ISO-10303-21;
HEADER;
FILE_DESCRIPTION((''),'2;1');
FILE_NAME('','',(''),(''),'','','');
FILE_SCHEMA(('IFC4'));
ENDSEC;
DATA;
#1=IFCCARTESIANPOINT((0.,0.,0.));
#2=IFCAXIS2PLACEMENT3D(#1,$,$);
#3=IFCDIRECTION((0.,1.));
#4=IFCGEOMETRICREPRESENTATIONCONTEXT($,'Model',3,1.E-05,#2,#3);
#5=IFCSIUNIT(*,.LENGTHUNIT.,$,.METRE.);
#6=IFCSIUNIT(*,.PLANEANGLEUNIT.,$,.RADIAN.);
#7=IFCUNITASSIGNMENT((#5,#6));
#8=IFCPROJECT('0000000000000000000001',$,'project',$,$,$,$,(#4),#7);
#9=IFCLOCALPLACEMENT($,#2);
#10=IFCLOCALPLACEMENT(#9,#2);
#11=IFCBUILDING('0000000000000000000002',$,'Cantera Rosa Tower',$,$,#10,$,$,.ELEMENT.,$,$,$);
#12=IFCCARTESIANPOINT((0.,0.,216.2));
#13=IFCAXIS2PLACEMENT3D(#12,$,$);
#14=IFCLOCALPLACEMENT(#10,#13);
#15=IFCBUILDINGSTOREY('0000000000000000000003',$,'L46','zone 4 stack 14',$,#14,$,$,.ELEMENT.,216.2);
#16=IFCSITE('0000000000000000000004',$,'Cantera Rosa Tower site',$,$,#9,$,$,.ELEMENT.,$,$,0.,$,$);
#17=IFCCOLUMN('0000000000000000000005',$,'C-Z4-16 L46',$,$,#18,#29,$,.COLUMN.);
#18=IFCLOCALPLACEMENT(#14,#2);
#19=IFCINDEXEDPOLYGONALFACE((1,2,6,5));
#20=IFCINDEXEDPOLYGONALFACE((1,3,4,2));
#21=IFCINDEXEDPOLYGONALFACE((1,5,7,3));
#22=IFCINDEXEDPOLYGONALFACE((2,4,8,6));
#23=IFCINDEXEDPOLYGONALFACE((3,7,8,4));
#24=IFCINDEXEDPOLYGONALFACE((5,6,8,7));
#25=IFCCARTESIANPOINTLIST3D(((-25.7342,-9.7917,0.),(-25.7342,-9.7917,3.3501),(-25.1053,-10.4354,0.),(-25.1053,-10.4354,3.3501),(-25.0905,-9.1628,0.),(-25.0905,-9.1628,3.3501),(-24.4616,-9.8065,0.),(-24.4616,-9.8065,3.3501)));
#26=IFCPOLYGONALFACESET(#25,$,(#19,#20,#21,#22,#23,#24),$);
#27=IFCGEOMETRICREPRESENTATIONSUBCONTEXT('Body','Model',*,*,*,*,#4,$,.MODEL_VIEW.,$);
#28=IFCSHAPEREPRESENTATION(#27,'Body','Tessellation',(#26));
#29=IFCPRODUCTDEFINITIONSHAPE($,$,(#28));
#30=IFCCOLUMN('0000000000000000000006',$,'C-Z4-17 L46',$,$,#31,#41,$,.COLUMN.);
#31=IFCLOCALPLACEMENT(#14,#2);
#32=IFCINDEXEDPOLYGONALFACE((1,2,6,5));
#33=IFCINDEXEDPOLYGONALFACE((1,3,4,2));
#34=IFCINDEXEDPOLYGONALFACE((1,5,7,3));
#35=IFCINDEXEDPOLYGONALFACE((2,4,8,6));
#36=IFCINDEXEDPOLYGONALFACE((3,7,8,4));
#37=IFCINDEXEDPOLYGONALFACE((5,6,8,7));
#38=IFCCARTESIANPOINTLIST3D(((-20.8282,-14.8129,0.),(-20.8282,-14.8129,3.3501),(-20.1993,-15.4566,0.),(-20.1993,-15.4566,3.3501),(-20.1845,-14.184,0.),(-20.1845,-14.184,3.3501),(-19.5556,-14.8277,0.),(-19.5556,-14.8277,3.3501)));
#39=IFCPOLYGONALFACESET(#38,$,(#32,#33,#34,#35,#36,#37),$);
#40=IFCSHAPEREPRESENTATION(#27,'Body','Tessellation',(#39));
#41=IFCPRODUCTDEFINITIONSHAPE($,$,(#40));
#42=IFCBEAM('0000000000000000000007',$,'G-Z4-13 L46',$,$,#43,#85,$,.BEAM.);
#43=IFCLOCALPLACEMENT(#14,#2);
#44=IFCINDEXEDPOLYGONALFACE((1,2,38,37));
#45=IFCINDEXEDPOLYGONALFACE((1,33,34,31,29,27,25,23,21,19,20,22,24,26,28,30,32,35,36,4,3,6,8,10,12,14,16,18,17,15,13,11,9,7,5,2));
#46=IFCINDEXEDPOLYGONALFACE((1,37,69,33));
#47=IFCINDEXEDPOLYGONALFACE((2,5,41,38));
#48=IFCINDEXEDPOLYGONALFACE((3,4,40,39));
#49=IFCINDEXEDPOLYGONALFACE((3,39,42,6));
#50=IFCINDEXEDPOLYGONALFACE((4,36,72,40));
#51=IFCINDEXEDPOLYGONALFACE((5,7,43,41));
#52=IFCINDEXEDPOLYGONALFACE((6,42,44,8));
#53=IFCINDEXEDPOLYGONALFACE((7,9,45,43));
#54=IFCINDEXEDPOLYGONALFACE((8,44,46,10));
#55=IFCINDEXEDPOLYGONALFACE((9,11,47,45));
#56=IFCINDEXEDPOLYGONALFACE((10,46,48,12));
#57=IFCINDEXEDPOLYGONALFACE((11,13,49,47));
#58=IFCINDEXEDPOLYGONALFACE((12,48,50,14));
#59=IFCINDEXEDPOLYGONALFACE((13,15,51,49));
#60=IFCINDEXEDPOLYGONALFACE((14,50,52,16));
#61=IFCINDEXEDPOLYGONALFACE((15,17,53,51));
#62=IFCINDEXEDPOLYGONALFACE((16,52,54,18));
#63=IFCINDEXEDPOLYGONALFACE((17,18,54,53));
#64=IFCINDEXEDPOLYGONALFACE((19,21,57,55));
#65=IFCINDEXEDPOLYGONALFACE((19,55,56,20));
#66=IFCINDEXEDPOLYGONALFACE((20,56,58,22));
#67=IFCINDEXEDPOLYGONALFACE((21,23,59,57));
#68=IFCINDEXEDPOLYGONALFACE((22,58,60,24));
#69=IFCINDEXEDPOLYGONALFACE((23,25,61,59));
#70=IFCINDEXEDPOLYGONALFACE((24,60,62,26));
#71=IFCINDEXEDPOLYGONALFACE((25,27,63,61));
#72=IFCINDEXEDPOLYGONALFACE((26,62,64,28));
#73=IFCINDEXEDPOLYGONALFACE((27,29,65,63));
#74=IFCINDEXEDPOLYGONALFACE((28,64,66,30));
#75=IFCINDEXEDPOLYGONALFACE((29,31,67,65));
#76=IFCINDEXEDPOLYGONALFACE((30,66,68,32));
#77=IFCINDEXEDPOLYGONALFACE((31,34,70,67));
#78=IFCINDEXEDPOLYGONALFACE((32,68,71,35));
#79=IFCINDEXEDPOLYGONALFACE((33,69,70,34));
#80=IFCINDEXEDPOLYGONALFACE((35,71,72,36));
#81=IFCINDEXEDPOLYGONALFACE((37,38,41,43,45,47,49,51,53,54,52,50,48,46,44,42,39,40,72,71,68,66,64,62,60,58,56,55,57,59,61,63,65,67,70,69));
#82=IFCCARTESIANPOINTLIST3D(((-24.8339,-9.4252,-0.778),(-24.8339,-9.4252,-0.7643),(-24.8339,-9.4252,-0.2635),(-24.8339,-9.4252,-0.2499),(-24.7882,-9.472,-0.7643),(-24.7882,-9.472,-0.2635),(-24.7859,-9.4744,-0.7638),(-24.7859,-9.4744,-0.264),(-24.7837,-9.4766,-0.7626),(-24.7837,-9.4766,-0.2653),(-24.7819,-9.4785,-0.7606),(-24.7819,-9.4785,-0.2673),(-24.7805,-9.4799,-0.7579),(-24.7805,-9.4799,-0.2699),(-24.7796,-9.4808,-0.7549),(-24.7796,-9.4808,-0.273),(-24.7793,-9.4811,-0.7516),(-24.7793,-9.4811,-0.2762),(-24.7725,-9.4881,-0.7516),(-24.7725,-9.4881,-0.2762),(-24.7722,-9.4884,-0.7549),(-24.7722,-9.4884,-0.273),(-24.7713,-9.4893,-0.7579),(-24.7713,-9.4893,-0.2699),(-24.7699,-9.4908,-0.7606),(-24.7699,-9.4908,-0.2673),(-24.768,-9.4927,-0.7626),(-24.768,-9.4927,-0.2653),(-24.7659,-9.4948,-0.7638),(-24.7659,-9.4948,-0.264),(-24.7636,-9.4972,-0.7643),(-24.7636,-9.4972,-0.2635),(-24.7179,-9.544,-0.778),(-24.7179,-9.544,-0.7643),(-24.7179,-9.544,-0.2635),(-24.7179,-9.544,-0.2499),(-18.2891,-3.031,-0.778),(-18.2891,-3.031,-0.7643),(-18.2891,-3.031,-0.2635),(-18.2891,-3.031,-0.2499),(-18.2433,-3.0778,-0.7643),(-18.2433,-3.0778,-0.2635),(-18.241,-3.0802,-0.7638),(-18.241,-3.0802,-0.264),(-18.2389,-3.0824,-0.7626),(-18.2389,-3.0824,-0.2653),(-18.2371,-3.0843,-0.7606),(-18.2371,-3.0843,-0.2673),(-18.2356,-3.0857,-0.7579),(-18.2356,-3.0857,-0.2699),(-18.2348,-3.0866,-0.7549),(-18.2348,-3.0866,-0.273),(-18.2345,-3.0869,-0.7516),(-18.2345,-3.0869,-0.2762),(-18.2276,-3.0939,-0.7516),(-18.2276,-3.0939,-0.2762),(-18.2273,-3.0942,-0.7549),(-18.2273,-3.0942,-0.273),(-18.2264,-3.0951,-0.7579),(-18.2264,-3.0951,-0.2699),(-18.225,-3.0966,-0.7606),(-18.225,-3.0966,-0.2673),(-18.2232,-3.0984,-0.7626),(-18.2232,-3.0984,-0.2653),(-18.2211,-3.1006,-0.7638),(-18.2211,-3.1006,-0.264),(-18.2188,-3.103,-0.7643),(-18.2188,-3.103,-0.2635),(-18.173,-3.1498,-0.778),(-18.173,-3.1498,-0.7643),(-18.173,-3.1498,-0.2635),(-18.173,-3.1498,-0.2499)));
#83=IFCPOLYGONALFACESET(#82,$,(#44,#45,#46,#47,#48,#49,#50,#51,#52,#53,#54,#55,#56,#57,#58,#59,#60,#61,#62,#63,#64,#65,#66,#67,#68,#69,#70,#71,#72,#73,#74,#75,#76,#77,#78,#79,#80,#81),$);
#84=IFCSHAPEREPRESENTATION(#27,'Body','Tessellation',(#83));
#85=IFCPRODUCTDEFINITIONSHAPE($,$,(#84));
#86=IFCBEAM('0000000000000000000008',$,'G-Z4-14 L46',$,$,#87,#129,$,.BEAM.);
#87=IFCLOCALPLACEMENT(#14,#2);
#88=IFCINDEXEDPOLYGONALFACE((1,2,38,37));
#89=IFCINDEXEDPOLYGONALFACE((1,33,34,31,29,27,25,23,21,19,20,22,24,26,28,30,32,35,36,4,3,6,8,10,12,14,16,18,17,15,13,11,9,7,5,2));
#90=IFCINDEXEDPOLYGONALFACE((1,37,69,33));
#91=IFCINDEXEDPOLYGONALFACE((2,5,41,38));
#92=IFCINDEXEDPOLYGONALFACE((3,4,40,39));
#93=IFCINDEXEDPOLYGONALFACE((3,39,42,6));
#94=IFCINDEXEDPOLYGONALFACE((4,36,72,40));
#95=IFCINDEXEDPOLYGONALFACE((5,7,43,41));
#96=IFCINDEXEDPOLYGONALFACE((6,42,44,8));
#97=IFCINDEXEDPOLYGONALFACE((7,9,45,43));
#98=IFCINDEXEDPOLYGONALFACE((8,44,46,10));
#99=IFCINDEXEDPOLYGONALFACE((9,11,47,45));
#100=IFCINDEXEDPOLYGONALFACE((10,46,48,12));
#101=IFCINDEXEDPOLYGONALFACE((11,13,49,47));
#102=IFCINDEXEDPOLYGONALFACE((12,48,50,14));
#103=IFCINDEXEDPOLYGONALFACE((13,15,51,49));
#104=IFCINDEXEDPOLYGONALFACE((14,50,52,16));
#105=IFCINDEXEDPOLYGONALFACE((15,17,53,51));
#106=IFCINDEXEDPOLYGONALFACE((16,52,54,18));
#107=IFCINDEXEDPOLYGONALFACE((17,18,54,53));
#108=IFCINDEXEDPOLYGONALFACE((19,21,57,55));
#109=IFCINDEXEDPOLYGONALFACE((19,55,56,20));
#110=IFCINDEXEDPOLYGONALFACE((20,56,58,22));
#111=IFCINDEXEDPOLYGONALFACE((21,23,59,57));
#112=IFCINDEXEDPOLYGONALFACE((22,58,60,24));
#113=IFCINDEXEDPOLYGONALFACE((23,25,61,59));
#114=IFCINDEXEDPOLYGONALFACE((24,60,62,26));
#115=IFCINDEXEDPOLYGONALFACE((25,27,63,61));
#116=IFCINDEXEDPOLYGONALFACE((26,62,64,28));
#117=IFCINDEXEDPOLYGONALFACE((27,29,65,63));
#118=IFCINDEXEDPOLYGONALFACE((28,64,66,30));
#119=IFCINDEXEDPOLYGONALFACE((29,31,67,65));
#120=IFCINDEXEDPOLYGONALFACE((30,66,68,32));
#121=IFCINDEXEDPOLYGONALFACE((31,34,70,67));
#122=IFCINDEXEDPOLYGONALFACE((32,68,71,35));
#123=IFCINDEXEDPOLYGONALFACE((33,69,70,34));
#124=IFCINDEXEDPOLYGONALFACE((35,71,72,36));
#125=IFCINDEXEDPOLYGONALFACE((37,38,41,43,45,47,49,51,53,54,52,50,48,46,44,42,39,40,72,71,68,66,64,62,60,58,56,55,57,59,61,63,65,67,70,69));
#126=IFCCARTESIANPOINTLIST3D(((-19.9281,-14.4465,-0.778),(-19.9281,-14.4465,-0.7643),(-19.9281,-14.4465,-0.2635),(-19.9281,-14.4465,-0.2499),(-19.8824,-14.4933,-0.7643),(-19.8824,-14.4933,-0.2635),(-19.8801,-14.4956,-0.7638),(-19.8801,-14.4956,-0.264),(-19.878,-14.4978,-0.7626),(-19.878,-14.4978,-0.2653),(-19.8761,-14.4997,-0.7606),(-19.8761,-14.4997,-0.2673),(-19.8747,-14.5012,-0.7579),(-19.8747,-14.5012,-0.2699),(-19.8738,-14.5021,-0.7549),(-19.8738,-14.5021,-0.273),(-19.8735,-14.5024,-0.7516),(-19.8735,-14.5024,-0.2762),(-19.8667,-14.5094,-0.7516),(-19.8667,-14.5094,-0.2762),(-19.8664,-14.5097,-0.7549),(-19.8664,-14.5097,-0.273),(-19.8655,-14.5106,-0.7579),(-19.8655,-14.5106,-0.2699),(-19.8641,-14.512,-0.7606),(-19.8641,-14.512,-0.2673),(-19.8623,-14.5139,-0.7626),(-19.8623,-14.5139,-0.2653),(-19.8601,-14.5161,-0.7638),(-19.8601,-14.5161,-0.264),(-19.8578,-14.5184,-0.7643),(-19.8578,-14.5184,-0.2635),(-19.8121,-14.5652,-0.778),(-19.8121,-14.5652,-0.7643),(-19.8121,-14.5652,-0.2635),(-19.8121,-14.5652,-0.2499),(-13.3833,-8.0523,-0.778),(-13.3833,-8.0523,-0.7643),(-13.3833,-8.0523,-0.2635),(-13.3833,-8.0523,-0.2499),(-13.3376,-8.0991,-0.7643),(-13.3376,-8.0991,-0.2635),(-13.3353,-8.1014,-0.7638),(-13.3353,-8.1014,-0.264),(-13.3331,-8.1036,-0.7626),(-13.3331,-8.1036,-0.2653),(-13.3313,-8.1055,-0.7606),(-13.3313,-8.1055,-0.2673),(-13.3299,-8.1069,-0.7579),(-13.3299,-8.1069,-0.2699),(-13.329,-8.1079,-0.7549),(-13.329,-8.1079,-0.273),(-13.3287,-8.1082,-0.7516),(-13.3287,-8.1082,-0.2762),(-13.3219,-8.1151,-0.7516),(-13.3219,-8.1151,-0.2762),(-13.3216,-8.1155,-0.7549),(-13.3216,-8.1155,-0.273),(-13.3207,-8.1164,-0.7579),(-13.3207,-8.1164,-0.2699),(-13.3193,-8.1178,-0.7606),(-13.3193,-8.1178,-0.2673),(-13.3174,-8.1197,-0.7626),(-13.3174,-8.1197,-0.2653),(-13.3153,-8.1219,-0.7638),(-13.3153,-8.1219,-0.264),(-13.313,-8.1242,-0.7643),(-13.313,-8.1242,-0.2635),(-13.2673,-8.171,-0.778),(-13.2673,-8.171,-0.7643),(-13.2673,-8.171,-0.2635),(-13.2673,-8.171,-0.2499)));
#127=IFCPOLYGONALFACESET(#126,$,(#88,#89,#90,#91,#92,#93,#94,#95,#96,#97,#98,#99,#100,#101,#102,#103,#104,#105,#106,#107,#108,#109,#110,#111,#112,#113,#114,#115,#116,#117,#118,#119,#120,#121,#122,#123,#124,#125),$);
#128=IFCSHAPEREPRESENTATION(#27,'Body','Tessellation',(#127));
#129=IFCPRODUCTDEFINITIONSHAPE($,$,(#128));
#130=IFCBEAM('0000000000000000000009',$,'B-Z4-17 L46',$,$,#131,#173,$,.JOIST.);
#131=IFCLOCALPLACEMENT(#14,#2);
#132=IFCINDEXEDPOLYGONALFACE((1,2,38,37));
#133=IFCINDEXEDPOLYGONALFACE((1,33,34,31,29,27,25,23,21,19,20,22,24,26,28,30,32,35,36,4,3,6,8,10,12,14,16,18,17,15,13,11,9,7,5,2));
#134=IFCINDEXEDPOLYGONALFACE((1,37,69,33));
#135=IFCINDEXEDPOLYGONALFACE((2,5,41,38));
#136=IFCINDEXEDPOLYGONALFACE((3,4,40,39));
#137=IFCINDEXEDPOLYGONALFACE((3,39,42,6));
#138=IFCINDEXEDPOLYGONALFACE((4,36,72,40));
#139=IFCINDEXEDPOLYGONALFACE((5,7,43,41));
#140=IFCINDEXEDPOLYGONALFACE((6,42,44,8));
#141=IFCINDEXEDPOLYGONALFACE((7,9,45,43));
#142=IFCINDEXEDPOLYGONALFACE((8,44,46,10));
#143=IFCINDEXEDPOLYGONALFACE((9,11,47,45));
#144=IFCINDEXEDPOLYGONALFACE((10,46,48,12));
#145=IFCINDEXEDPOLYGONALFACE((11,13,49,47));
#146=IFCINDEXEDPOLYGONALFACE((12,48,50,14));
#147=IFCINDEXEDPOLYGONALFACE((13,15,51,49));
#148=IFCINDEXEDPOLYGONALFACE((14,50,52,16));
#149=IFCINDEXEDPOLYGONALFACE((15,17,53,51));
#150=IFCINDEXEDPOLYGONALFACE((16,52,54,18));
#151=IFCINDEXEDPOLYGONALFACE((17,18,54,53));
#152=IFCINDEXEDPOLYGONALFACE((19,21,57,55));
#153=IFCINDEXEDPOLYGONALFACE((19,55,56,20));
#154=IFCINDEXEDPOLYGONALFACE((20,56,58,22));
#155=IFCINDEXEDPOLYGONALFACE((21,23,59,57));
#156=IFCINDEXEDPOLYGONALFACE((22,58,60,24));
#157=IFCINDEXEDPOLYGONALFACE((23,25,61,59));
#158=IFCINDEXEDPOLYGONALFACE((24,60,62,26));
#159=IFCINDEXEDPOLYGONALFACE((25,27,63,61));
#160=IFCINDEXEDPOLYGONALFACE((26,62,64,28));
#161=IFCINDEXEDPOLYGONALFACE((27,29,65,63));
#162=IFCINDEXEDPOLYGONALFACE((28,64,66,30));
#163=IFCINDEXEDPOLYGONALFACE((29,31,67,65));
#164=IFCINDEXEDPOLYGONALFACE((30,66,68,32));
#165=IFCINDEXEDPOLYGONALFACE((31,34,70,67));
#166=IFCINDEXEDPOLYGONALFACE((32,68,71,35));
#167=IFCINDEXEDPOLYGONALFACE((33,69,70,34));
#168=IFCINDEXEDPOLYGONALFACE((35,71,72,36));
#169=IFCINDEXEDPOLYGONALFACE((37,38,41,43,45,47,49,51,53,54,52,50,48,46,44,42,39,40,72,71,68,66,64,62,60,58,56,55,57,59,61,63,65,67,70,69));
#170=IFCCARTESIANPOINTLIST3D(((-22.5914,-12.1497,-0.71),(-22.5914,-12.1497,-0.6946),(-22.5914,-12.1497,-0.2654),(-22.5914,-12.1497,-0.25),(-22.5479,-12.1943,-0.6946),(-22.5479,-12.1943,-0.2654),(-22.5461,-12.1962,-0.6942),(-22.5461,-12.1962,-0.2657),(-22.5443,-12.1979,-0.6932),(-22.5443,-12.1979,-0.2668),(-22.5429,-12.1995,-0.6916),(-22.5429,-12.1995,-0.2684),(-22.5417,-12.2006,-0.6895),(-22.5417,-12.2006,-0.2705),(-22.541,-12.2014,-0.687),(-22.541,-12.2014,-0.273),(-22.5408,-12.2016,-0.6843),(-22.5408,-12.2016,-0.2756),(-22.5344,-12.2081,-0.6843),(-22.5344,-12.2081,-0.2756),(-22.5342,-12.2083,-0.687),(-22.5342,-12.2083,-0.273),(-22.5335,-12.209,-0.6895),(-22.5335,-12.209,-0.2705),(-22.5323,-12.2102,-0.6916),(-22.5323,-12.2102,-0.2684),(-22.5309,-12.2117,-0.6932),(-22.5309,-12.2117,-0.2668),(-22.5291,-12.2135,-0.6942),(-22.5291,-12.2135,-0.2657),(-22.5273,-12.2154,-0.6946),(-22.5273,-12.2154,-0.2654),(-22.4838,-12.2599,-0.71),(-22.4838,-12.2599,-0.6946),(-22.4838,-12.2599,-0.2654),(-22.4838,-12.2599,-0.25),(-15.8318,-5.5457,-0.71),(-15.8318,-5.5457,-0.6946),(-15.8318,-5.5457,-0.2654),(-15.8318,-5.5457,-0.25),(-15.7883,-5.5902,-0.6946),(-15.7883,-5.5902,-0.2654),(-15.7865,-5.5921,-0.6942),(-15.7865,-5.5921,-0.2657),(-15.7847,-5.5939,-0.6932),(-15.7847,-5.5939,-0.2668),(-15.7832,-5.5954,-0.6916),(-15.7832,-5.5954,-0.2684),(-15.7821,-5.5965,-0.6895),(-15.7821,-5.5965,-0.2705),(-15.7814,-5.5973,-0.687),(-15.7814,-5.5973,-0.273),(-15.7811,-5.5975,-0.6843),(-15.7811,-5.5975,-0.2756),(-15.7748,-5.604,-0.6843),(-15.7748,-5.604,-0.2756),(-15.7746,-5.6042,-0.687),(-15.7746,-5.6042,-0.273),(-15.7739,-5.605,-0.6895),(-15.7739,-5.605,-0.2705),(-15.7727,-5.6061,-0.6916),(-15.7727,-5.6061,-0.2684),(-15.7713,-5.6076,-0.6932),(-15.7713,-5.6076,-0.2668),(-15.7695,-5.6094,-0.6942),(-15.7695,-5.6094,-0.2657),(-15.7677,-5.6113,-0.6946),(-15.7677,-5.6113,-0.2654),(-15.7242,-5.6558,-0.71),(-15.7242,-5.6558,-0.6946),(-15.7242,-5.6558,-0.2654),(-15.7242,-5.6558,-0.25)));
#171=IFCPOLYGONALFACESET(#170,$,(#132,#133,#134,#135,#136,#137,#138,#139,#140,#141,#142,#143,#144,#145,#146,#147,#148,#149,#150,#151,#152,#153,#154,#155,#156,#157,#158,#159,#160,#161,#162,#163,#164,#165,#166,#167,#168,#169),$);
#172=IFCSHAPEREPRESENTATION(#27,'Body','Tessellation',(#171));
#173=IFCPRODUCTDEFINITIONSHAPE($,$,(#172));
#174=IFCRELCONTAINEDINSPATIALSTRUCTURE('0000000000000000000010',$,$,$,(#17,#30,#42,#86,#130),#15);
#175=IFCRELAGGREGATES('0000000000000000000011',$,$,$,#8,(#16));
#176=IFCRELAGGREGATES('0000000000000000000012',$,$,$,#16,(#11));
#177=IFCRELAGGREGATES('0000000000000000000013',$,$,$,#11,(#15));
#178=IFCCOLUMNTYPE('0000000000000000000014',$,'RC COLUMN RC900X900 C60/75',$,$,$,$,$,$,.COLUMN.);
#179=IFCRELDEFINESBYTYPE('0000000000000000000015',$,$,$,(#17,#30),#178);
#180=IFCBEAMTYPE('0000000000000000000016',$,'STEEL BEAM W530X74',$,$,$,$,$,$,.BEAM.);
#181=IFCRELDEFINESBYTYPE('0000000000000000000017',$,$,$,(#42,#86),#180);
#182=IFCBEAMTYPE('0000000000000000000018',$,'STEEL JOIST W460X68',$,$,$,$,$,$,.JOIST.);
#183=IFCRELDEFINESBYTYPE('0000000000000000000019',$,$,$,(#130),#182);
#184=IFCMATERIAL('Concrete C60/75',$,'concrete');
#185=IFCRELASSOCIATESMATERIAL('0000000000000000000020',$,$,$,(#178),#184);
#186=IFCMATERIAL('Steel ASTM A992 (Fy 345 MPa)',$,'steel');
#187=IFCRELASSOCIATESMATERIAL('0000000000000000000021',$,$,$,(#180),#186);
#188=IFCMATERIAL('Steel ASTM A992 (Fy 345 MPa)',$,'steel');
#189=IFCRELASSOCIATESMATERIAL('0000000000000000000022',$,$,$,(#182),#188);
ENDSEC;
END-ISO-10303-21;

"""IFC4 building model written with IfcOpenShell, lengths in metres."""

from ifc_helpers import new_model, si_unit, direction, frame, origin, origin_2d, place, context, subcontext, project, spatial, rectangle, i_section, extrude, material, material_profile, profile_set, type_object, element, save


model = new_model("IFC4")

# Units and contexts
model_context = context("Model", 3, precision=1e-05, world=origin(), true_north=direction((0.0, 1.0)))
body_context = subcontext(model_context, "Body", "Model", "MODEL_VIEW")
ifc_project = project(units=[si_unit("LENGTHUNIT", "METRE"), si_unit("PLANEANGLEUNIT", "RADIAN")], contexts=[model_context])

# Site, building, storey
site_placement = place(None, origin())
site = spatial("IfcSite", under=ifc_project, at=site_placement, Name="Cantera Rosa Tower site", CompositionType="ELEMENT", RefElevation=0.0)
building_placement = place(site_placement, origin())
building = spatial("IfcBuilding", under=site, at=building_placement, Name="Cantera Rosa Tower", CompositionType="ELEMENT")
storey_placement = place(building_placement, frame((0.0, 0.0, 216.2)))
storey = spatial("IfcBuildingStorey", under=building, at=storey_placement, Name="L46", Description="zone 4 stack 14", CompositionType="ELEMENT", Elevation=216.2)

# Columns
ifc_material_1 = material(Name="Concrete C60/75", Category="concrete")
ifc_material_profile_1 = material_profile(ifc_material_1, rectangle(XDim=0.8999, YDim=0.8999, at=origin_2d()), Name="RC COLUMN RC900X900 C60/75")
ifc_profile_set_1 = profile_set([ifc_material_profile_1], Name="Concrete C60/75")
column_type = type_object("IfcColumnType", Name="RC COLUMN RC900X900 C60/75", PredefinedType="COLUMN", material=ifc_profile_set_1)
for number, where, z_axis, x_axis, name in (
    (1, (-25.0979, -9.7991, 0.0), (0.0, 0.0, 1.0), (0.715286, 0.698832, 0.0), "C-Z4-16 L46"),
    (2, (-20.1919, -14.8203, 0.0), (0.0, 0.0, 1.0), (0.715286, 0.698832, 0.0), "C-Z4-17 L46"),
):
    element("IfcColumn", number, at=place(storey_placement, frame(where, z_axis=z_axis, x_axis=x_axis)), inside=storey, type_object=column_type, Name=name, PredefinedType="COLUMN", context=body_context, shape_type="SweptSolid", body=[
        extrude(rectangle(XDim=0.8999, YDim=0.8999, at=origin_2d()), origin(), (0.0, 0.0, 1.0), 3.3501),
    ])

# Beams
ifc_material_2 = material(Name="Steel ASTM A992 (Fy 345 MPa)", Category="steel")
ifc_material_profile_2 = material_profile(ifc_material_2, i_section(OverallWidth=0.166, OverallDepth=0.5281, WebThickness=0.0098, FlangeThickness=0.0137, FilletRadius=0.0127, at=origin_2d()), Name="W530X74")
ifc_profile_set_2 = profile_set([ifc_material_profile_2], Name="Steel ASTM A992 (Fy 345 MPa)")
beam_type_1 = type_object("IfcBeamType", Name="STEEL BEAM W530X74", PredefinedType="BEAM", material=ifc_profile_set_2)
for number, where, z_axis, x_axis, name in (
    (3, (-24.7759, -9.4846, -0.5139), (0.71529, 0.698827, 0.0), (-0.698827, 0.71529, 0.0), "G-Z4-13 L46"),
    (4, (-19.8701, -14.5059, -0.5139), (0.71529, 0.698827, 0.0), (-0.698827, 0.71529, 0.0), "G-Z4-14 L46"),
):
    element("IfcBeam", number, at=place(storey_placement, frame(where, z_axis=z_axis, x_axis=x_axis)), inside=storey, type_object=beam_type_1, Name=name, PredefinedType="BEAM", context=body_context, shape_type="SweptSolid", body=[
        extrude(i_section(OverallWidth=0.166, OverallDepth=0.5281, WebThickness=0.0098, FlangeThickness=0.0137, FilletRadius=0.0127, at=origin_2d()), origin(), (0.0, 0.0, 1.0), 9.1499),
    ])
ifc_material_3 = material(Name="Steel ASTM A992 (Fy 345 MPa)", Category="steel")
ifc_material_profile_3 = material_profile(ifc_material_3, i_section(OverallWidth=0.1541, OverallDepth=0.46, WebThickness=0.009, FlangeThickness=0.0154, FilletRadius=0.0103, at=origin_2d()), Name="W460X68")
ifc_profile_set_3 = profile_set([ifc_material_profile_3], Name="Steel ASTM A992 (Fy 345 MPa)")
beam_type_2 = type_object("IfcBeamType", Name="STEEL JOIST W460X68", PredefinedType="JOIST", material=ifc_profile_set_3)
beam_placement = place(storey_placement, frame((-22.5376, -12.2048, -0.48), z_axis=(0.715287, 0.698831, 0.0), x_axis=(-0.698831, 0.715287, 0.0)))
element("IfcBeam", 5, at=beam_placement, inside=storey, type_object=beam_type_2, Name="B-Z4-17 L46", PredefinedType="JOIST", context=body_context, shape_type="SweptSolid", body=[
    extrude(i_section(OverallWidth=0.1541, OverallDepth=0.46, WebThickness=0.009, FlangeThickness=0.0154, FilletRadius=0.0103, at=origin_2d()), origin(), (0.0, 0.0, 1.0), 9.4502),
])

save(model, "model.ifc")
